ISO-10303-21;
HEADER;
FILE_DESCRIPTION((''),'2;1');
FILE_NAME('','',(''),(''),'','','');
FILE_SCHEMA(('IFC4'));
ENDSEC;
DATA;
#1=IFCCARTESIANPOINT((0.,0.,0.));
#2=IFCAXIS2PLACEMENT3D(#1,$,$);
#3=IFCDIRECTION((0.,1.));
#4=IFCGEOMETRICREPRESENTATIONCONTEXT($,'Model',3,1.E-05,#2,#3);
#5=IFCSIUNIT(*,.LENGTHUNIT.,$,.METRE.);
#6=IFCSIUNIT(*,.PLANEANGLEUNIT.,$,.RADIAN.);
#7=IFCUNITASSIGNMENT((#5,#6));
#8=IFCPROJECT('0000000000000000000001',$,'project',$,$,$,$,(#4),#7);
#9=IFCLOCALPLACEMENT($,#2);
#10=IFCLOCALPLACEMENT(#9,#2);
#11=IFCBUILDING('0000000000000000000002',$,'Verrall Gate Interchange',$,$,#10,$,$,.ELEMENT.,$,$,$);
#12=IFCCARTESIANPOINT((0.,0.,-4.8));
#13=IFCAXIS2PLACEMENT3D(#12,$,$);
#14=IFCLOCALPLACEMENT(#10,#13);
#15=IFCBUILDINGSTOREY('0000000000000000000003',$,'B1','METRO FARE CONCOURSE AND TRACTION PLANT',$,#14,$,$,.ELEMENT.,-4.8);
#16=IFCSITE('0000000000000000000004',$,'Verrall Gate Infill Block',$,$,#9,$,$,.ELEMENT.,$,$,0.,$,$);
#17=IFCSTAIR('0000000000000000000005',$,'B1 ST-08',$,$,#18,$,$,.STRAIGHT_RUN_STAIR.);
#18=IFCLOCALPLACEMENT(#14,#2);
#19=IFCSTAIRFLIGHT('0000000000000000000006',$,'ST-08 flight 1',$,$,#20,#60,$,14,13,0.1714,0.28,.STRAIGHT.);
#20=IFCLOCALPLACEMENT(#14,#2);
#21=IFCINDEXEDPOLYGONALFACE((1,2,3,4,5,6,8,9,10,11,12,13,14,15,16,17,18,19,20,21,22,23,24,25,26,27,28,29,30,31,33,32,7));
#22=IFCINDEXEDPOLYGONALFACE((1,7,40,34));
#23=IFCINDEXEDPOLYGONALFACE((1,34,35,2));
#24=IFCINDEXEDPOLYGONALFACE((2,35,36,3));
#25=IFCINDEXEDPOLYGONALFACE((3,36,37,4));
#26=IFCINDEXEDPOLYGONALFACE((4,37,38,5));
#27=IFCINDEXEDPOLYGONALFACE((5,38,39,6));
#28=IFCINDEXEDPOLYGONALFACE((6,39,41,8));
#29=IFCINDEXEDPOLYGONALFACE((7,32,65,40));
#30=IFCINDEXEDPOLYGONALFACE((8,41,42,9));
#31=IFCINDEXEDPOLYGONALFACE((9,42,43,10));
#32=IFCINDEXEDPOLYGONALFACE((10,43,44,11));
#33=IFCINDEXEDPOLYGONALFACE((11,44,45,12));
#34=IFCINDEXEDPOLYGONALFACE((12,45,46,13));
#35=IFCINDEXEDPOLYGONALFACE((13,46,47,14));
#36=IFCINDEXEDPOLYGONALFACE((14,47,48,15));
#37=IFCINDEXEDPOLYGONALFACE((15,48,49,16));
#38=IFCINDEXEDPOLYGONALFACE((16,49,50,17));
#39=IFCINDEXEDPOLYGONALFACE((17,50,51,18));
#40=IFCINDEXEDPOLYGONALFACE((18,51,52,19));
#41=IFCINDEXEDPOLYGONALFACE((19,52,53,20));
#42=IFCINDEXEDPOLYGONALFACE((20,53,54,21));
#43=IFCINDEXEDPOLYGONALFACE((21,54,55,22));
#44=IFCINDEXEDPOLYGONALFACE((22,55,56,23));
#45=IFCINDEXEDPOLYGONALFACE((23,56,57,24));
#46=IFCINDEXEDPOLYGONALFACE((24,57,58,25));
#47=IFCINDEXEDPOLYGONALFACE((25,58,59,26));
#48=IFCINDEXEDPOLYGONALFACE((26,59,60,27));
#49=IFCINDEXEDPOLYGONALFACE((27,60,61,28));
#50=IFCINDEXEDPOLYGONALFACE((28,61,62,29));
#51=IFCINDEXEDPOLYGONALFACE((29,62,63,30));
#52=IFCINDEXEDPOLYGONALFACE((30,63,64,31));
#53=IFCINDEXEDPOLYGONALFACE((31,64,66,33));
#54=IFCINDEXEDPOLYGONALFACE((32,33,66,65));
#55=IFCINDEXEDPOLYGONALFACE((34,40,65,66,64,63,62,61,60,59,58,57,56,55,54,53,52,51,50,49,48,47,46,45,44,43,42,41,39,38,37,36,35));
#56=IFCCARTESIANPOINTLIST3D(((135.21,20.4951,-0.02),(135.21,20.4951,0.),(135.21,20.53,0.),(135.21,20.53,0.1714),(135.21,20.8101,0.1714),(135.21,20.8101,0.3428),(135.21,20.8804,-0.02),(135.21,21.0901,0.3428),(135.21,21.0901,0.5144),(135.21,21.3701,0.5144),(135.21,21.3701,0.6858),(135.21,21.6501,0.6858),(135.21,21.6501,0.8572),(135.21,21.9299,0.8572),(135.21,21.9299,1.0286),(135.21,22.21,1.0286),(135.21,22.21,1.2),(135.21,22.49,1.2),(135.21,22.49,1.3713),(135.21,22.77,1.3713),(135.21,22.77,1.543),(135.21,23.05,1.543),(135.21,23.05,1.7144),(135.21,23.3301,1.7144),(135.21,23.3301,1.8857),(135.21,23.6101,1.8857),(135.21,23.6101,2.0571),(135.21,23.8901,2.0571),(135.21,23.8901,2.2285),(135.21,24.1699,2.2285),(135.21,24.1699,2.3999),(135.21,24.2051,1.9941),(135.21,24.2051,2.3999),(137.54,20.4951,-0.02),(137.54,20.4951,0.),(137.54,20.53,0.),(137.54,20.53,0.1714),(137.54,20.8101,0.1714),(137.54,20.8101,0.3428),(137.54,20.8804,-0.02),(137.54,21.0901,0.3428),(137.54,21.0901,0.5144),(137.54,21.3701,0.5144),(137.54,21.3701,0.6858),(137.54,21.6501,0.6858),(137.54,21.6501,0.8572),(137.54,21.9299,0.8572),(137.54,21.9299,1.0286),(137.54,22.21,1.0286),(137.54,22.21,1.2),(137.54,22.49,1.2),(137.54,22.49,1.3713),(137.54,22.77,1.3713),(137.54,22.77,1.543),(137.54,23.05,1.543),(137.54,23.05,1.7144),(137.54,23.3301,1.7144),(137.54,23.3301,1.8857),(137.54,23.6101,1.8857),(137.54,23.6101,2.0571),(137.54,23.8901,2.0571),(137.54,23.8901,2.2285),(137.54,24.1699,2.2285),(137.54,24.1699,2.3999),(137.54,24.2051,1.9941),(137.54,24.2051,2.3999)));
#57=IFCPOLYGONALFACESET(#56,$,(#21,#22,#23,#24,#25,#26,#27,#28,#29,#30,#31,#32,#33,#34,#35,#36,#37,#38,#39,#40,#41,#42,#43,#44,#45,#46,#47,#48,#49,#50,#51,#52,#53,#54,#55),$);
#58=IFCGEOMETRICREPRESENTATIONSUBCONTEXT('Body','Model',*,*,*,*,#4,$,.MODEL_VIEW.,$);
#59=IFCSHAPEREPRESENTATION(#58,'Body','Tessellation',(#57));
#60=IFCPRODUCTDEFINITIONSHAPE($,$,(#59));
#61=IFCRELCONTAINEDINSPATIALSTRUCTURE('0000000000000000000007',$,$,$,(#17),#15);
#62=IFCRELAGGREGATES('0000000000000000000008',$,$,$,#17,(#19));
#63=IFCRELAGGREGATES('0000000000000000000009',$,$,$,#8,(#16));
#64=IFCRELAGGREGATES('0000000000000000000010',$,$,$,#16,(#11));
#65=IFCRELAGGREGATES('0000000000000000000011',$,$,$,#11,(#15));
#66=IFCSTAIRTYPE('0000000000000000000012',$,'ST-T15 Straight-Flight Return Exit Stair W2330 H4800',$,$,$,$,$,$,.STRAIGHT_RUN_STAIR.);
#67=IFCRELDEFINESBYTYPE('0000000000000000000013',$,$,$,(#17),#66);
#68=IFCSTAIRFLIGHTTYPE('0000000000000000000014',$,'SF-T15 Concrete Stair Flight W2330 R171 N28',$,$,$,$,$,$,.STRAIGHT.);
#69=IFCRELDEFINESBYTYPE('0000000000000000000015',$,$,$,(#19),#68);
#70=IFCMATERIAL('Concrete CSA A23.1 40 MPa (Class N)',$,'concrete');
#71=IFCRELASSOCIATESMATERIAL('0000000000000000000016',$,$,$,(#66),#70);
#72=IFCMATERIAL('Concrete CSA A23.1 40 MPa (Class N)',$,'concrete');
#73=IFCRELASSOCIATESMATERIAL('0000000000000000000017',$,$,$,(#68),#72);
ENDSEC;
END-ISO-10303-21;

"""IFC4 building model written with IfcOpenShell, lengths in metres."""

from ifc_helpers import new_model, si_unit, direction, frame, origin, place, context, subcontext, project, spatial, polyline, outline, extrude, material, type_object, element, aggregate, save


model = new_model("IFC4")

# Units and contexts
model_context = context("Model", 3, precision=1e-05, world=origin(), true_north=direction((0.0, 1.0)))
body_context = subcontext(model_context, "Body", "Model", "MODEL_VIEW")
ifc_project = project(units=[si_unit("LENGTHUNIT", "METRE"), si_unit("PLANEANGLEUNIT", "RADIAN")], contexts=[model_context])

# Site, building, storey
site_placement = place(None, origin())
site = spatial("IfcSite", under=ifc_project, at=site_placement, Name="Verrall Gate Infill Block", CompositionType="ELEMENT", RefElevation=0.0)
building_placement = place(site_placement, origin())
building = spatial("IfcBuilding", under=site, at=building_placement, Name="Verrall Gate Interchange", CompositionType="ELEMENT")
storey_placement = place(building_placement, frame((0.0, 0.0, -4.8)))
storey = spatial("IfcBuildingStorey", under=building, at=storey_placement, Name="B1", Description="METRO FARE CONCOURSE AND TRACTION PLANT", CompositionType="ELEMENT", Elevation=-4.8)

# Stair, stair flight
ifc_material_1 = material(Name="Concrete CSA A23.1 40 MPa (Class N)", Category="concrete")
stair_type = type_object("IfcStairType", Name="ST-T15 Straight-Flight Return Exit Stair W2330 H4800", PredefinedType="STRAIGHT_RUN_STAIR", material=ifc_material_1)
stair_placement = place(storey_placement, origin())
stair = element("IfcStair", 1, at=stair_placement, inside=storey, type_object=stair_type, Name="B1 ST-08", PredefinedType="STRAIGHT_RUN_STAIR")
ifc_material_2 = material(Name="Concrete CSA A23.1 40 MPa (Class N)", Category="concrete")
stair_flight_type = type_object("IfcStairFlightType", Name="SF-T15 Concrete Stair Flight W2330 R171 N28", PredefinedType="STRAIGHT", material=ifc_material_2)
stair_flight_placement = place(storey_placement, frame((136.375, 20.53, 0.0), z_axis=(0.0, 0.0, 1.0), x_axis=(0.0, 1.0, 0.0)))
stair_flight = element("IfcStairFlight", 2, at=stair_flight_placement, type_object=stair_flight_type, Name="ST-08 flight 1", NumberOfRisers=14, NumberOfTreads=13, PredefinedType="STRAIGHT", RiserHeight=0.1714, TreadLength=0.28, context=body_context, shape_type="SweptSolid", body=[
    extrude(outline(polyline([(-0.0349, -0.02), (-0.0349, 0.0), (0.0, 0.0), (0.0, 0.1714), (0.28, 0.1714), (0.28, 0.3428), (0.5601, 0.3428), (0.5601, 0.5144), (0.8401, 0.5144), (0.8401, 0.6858), (1.1201, 0.6858), (1.1201, 0.8572), (1.3999, 0.8572), (1.3999, 1.0286), (1.6799, 1.0286), (1.6799, 1.2), (1.96, 1.2), (1.96, 1.3713), (2.24, 1.3713), (2.24, 1.543), (2.52, 1.543), (2.52, 1.7144), (2.8, 1.7144), (2.8, 1.8857), (3.0801, 1.8857), (3.0801, 2.0571), (3.3601, 2.0571), (3.3601, 2.2285), (3.6399, 2.2285), (3.6399, 2.3999), (3.675, 2.3999), (3.675, 1.9941), (0.3503, -0.02), (-0.0349, -0.02)])), frame((0.0, 1.165, 0.0), z_axis=(0.0, -1.0, 0.0), x_axis=(1.0, 0.0, 0.0)), (0.0, 0.0, 1.0), 2.3301),
])
aggregate(stair, [stair_flight])

save(model, "model.ifc")
